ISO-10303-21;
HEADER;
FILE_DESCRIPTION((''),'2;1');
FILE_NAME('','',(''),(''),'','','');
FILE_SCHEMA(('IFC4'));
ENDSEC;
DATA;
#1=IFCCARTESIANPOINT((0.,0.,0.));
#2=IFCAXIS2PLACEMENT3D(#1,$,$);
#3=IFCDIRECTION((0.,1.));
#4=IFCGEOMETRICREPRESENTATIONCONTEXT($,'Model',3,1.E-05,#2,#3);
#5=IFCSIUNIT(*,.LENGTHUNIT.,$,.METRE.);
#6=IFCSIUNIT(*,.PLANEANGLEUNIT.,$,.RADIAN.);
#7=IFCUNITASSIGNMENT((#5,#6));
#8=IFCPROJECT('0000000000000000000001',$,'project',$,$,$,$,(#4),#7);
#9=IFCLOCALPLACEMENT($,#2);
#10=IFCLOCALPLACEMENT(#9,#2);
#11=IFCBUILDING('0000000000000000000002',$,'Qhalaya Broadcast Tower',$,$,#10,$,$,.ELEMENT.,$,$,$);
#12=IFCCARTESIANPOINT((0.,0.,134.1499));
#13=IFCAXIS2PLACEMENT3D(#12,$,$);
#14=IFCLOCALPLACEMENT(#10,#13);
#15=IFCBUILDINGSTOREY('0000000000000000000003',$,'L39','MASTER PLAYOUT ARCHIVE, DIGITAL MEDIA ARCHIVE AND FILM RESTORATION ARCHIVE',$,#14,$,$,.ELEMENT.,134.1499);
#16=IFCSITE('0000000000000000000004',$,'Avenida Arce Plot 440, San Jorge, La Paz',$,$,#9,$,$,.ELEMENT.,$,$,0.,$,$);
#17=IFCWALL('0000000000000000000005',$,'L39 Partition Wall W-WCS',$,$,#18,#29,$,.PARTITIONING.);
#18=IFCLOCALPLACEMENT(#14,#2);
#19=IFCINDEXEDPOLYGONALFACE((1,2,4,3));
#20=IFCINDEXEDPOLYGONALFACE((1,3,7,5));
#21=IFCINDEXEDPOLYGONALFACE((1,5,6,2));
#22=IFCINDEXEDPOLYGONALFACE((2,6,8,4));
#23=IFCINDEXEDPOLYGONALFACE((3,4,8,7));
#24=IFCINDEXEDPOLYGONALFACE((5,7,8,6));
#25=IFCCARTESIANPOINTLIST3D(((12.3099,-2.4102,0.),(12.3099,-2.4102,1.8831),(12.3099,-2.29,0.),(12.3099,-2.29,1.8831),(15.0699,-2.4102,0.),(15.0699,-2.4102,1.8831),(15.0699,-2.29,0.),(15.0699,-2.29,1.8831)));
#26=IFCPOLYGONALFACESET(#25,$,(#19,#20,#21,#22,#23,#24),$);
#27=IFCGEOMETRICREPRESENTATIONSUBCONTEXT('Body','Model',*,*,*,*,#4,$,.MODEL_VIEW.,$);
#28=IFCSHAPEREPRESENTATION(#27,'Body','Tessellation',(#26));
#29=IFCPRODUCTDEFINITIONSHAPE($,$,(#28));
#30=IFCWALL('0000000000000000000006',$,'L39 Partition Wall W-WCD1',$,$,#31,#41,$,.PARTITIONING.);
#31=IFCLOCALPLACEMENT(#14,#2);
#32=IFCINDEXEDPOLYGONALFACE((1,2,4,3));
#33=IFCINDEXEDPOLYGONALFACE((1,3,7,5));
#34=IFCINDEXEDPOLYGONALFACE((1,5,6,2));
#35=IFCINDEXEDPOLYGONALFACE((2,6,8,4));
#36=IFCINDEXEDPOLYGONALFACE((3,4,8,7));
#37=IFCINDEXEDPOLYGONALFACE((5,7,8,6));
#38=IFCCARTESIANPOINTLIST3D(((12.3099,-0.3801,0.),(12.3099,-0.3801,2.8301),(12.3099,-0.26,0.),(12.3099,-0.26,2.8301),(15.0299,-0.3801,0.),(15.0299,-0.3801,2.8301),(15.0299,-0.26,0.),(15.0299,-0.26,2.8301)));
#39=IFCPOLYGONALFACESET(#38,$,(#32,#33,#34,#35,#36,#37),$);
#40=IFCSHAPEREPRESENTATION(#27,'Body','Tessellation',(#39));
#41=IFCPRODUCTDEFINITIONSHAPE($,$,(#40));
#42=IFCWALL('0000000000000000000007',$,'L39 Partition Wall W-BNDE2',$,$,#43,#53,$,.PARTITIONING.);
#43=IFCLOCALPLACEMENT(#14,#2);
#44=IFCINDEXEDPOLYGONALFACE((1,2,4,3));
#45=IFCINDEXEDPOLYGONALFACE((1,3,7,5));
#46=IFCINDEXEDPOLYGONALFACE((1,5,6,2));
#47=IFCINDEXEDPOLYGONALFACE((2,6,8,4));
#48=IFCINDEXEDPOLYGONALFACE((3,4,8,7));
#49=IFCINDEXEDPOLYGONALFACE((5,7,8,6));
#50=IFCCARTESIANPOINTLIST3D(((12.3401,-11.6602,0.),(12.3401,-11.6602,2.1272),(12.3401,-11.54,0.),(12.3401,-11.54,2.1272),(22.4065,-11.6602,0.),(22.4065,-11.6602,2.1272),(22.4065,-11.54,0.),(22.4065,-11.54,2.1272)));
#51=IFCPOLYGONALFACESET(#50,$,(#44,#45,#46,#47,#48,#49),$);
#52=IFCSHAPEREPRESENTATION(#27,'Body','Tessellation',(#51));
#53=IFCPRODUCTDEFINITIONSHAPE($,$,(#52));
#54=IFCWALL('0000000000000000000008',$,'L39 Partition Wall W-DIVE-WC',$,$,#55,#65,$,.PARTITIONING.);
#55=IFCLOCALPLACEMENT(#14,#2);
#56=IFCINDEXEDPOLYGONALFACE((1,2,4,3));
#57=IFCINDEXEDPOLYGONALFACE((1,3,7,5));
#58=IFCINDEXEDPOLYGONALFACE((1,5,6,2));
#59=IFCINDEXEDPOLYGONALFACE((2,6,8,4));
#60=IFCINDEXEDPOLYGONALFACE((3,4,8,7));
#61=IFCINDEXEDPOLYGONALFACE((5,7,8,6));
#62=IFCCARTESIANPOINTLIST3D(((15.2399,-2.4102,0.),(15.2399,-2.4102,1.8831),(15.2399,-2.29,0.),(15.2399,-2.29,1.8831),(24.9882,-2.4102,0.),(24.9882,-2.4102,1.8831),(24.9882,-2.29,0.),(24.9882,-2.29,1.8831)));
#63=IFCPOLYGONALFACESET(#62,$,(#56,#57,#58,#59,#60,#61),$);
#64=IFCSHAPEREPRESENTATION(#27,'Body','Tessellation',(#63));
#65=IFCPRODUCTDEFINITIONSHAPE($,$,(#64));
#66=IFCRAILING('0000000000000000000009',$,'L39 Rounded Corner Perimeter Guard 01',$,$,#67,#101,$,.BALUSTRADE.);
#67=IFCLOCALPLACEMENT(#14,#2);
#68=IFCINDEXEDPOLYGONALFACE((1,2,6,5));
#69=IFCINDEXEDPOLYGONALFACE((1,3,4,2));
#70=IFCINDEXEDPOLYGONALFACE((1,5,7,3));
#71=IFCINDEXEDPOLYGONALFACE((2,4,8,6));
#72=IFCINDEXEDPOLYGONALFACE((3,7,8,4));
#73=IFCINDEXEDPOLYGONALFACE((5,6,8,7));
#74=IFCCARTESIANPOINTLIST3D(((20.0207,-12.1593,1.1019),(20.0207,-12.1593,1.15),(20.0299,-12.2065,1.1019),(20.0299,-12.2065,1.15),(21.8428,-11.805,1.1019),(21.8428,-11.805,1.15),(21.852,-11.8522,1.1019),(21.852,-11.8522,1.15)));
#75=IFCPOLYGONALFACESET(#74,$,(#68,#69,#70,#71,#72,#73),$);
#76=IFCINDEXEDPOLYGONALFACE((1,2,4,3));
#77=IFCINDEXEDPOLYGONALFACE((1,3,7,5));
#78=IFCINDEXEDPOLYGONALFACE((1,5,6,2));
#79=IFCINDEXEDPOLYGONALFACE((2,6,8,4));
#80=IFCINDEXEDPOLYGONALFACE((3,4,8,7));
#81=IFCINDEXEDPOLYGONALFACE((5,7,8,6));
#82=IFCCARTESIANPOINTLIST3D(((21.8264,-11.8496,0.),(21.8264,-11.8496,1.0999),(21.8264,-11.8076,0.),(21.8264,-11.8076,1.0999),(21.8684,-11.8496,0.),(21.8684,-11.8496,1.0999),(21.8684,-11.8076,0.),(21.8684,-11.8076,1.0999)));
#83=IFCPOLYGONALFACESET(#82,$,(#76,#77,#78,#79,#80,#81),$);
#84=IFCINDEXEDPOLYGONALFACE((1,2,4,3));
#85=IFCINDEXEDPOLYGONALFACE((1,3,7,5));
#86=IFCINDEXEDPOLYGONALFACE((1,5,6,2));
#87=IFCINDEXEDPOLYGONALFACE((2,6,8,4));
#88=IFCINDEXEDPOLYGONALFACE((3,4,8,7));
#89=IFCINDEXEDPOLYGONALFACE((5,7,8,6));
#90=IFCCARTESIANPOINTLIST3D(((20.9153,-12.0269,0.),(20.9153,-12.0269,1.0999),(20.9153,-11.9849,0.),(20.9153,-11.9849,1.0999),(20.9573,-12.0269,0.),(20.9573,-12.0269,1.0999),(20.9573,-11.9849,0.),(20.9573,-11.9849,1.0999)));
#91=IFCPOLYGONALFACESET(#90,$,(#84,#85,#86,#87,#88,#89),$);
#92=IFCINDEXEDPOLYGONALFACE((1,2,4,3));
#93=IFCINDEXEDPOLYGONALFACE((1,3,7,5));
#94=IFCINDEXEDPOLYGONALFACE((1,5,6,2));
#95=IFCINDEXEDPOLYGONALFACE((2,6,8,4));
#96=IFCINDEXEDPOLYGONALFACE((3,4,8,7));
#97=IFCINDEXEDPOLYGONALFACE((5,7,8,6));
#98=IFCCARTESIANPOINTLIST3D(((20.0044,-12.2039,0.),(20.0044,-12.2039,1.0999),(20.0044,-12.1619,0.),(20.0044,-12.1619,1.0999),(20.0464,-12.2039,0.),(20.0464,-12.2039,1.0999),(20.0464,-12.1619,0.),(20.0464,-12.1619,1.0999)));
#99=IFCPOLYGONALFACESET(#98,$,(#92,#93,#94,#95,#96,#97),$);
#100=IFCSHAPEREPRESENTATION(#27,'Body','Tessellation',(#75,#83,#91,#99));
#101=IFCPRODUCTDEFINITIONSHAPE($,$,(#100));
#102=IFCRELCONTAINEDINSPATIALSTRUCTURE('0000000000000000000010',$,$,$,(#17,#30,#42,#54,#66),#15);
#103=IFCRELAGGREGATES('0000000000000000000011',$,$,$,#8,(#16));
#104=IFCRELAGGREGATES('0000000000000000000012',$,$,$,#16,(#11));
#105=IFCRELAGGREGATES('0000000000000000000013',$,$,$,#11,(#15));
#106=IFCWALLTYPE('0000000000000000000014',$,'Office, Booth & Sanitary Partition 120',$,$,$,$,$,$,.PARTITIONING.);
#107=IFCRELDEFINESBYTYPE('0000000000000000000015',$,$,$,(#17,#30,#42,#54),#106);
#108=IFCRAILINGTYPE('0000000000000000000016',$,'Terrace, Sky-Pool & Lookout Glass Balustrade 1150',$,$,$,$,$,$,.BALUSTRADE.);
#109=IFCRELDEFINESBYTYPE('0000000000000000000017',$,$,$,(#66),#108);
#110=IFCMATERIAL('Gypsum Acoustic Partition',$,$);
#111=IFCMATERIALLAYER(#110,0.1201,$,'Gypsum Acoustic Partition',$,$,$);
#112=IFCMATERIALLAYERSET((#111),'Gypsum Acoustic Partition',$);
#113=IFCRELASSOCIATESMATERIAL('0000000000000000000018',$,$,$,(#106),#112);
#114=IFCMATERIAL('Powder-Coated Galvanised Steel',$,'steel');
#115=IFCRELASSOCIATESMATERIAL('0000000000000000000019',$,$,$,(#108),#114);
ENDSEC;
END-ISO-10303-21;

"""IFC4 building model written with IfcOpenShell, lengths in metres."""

from ifc_helpers import new_model, si_unit, direction, frame, frame_2d, origin, origin_2d, place, context, subcontext, project, spatial, rectangle, extrude, material, layer, layer_set, type_object, element, save


model = new_model("IFC4")

# Units and contexts
model_context = context("Model", 3, precision=1e-05, world=origin(), true_north=direction((0.0, 1.0)))
body_context = subcontext(model_context, "Body", "Model", "MODEL_VIEW")
ifc_project = project(units=[si_unit("LENGTHUNIT", "METRE"), si_unit("PLANEANGLEUNIT", "RADIAN")], contexts=[model_context])

# Site, building, storey
site_placement = place(None, origin())
site = spatial("IfcSite", under=ifc_project, at=site_placement, Name="Avenida Arce Plot 440, San Jorge, La Paz", CompositionType="ELEMENT", RefElevation=0.0)
building_placement = place(site_placement, origin())
building = spatial("IfcBuilding", under=site, at=building_placement, Name="Qhalaya Broadcast Tower", CompositionType="ELEMENT")
storey_placement = place(building_placement, frame((0.0, 0.0, 134.1499)))
storey = spatial("IfcBuildingStorey", under=building, at=storey_placement, Name="L39", Description="MASTER PLAYOUT ARCHIVE, DIGITAL MEDIA ARCHIVE AND FILM RESTORATION ARCHIVE", CompositionType="ELEMENT", Elevation=134.1499)

# Shared definitions
ifc_material_1 = material(Name="Gypsum Acoustic Partition")
ifc_layer_1 = layer(ifc_material_1, 0.1201, Name="Gypsum Acoustic Partition")
ifc_layer_set_1 = layer_set([ifc_layer_1], Name="Gypsum Acoustic Partition")
wall_type_1 = type_object("IfcWallType", Name="Office, Booth & Sanitary Partition 120", PredefinedType="PARTITIONING", material=ifc_layer_set_1)

# Walls
wall_1_placement = place(storey_placement, frame((12.3101, -2.3501, 0.0), z_axis=(0.0, 0.0, 1.0), x_axis=(1.0, 0.0, 0.0)))
element("IfcWall", 1, at=wall_1_placement, inside=storey, type_object=wall_type_1, Name="L39 Partition Wall W-WCS", PredefinedType="PARTITIONING", context=body_context, shape_type="SweptSolid", body=[
    extrude(rectangle(XDim=2.76, YDim=0.1201, at=frame_2d((1.3799, 0.0))), origin(), (0.0, 0.0, 1.0), 1.8831),
])
wall_2_placement = place(storey_placement, frame((12.3101, -0.3201, 0.0), z_axis=(0.0, 0.0, 1.0), x_axis=(1.0, 0.0, 0.0)))
element("IfcWall", 2, at=wall_2_placement, inside=storey, type_object=wall_type_1, Name="L39 Partition Wall W-WCD1", PredefinedType="PARTITIONING", context=body_context, shape_type="SweptSolid", body=[
    extrude(rectangle(XDim=2.72, YDim=0.1201, at=frame_2d((1.3599, 0.0))), origin(), (0.0, 0.0, 1.0), 2.8301),
])
wall_3_placement = place(storey_placement, frame((12.3401, -11.6001, 0.0), z_axis=(0.0, 0.0, 1.0), x_axis=(1.0, 0.0, 0.0)))
element("IfcWall", 3, at=wall_3_placement, inside=storey, type_object=wall_type_1, Name="L39 Partition Wall W-BNDE2", PredefinedType="PARTITIONING", context=body_context, shape_type="SweptSolid", body=[
    extrude(rectangle(XDim=10.0664, YDim=0.1201, at=frame_2d((5.0332, 0.0))), origin(), (0.0, 0.0, 1.0), 2.1272),
])
wall_4_placement = place(storey_placement, frame((15.24, -2.3501, 0.0), z_axis=(0.0, 0.0, 1.0), x_axis=(1.0, 0.0, 0.0)))
element("IfcWall", 4, at=wall_4_placement, inside=storey, type_object=wall_type_1, Name="L39 Partition Wall W-DIVE-WC", PredefinedType="PARTITIONING", context=body_context, shape_type="SweptSolid", body=[
    extrude(rectangle(XDim=9.7483, YDim=0.1201, at=frame_2d((4.874, 0.0))), origin(), (0.0, 0.0, 1.0), 1.8831),
])

# Railing
ifc_material_2 = material(Name="Powder-Coated Galvanised Steel", Category="steel")
railing_type = type_object("IfcRailingType", Name="Terrace, Sky-Pool & Lookout Glass Balustrade 1150", PredefinedType="BALUSTRADE", material=ifc_material_2)
railing_1_placement = place(storey_placement, frame((21.8474, -11.8286, 0.0)))
element("IfcRailing", 5, at=railing_1_placement, inside=storey, type_object=railing_type, Name="L39 Rounded Corner Perimeter Guard 01", PredefinedType="BALUSTRADE", context=body_context, shape_type="SweptSolid", body=[
    extrude(rectangle(XDim=0.0481, YDim=0.0481, at=origin_2d()), frame((0.0, 0.0, 1.126), z_axis=(-0.981619, -0.190852, 0.0), x_axis=(0.190852, -0.981619, 0.0)), (0.0, 0.0, 1.0), 1.8562),
    extrude(rectangle(XDim=0.042, YDim=0.042, at=origin_2d()), origin(), (0.0, 0.0, 1.0), 1.0999),
    extrude(rectangle(XDim=0.042, YDim=0.042, at=origin_2d()), frame((-0.9111, -0.1772, 0.0)), (0.0, 0.0, 1.0), 1.0999),
    extrude(rectangle(XDim=0.042, YDim=0.042, at=origin_2d()), frame((-1.822, -0.3542, 0.0)), (0.0, 0.0, 1.0), 1.0999),
])

save(model, "model.ifc")
